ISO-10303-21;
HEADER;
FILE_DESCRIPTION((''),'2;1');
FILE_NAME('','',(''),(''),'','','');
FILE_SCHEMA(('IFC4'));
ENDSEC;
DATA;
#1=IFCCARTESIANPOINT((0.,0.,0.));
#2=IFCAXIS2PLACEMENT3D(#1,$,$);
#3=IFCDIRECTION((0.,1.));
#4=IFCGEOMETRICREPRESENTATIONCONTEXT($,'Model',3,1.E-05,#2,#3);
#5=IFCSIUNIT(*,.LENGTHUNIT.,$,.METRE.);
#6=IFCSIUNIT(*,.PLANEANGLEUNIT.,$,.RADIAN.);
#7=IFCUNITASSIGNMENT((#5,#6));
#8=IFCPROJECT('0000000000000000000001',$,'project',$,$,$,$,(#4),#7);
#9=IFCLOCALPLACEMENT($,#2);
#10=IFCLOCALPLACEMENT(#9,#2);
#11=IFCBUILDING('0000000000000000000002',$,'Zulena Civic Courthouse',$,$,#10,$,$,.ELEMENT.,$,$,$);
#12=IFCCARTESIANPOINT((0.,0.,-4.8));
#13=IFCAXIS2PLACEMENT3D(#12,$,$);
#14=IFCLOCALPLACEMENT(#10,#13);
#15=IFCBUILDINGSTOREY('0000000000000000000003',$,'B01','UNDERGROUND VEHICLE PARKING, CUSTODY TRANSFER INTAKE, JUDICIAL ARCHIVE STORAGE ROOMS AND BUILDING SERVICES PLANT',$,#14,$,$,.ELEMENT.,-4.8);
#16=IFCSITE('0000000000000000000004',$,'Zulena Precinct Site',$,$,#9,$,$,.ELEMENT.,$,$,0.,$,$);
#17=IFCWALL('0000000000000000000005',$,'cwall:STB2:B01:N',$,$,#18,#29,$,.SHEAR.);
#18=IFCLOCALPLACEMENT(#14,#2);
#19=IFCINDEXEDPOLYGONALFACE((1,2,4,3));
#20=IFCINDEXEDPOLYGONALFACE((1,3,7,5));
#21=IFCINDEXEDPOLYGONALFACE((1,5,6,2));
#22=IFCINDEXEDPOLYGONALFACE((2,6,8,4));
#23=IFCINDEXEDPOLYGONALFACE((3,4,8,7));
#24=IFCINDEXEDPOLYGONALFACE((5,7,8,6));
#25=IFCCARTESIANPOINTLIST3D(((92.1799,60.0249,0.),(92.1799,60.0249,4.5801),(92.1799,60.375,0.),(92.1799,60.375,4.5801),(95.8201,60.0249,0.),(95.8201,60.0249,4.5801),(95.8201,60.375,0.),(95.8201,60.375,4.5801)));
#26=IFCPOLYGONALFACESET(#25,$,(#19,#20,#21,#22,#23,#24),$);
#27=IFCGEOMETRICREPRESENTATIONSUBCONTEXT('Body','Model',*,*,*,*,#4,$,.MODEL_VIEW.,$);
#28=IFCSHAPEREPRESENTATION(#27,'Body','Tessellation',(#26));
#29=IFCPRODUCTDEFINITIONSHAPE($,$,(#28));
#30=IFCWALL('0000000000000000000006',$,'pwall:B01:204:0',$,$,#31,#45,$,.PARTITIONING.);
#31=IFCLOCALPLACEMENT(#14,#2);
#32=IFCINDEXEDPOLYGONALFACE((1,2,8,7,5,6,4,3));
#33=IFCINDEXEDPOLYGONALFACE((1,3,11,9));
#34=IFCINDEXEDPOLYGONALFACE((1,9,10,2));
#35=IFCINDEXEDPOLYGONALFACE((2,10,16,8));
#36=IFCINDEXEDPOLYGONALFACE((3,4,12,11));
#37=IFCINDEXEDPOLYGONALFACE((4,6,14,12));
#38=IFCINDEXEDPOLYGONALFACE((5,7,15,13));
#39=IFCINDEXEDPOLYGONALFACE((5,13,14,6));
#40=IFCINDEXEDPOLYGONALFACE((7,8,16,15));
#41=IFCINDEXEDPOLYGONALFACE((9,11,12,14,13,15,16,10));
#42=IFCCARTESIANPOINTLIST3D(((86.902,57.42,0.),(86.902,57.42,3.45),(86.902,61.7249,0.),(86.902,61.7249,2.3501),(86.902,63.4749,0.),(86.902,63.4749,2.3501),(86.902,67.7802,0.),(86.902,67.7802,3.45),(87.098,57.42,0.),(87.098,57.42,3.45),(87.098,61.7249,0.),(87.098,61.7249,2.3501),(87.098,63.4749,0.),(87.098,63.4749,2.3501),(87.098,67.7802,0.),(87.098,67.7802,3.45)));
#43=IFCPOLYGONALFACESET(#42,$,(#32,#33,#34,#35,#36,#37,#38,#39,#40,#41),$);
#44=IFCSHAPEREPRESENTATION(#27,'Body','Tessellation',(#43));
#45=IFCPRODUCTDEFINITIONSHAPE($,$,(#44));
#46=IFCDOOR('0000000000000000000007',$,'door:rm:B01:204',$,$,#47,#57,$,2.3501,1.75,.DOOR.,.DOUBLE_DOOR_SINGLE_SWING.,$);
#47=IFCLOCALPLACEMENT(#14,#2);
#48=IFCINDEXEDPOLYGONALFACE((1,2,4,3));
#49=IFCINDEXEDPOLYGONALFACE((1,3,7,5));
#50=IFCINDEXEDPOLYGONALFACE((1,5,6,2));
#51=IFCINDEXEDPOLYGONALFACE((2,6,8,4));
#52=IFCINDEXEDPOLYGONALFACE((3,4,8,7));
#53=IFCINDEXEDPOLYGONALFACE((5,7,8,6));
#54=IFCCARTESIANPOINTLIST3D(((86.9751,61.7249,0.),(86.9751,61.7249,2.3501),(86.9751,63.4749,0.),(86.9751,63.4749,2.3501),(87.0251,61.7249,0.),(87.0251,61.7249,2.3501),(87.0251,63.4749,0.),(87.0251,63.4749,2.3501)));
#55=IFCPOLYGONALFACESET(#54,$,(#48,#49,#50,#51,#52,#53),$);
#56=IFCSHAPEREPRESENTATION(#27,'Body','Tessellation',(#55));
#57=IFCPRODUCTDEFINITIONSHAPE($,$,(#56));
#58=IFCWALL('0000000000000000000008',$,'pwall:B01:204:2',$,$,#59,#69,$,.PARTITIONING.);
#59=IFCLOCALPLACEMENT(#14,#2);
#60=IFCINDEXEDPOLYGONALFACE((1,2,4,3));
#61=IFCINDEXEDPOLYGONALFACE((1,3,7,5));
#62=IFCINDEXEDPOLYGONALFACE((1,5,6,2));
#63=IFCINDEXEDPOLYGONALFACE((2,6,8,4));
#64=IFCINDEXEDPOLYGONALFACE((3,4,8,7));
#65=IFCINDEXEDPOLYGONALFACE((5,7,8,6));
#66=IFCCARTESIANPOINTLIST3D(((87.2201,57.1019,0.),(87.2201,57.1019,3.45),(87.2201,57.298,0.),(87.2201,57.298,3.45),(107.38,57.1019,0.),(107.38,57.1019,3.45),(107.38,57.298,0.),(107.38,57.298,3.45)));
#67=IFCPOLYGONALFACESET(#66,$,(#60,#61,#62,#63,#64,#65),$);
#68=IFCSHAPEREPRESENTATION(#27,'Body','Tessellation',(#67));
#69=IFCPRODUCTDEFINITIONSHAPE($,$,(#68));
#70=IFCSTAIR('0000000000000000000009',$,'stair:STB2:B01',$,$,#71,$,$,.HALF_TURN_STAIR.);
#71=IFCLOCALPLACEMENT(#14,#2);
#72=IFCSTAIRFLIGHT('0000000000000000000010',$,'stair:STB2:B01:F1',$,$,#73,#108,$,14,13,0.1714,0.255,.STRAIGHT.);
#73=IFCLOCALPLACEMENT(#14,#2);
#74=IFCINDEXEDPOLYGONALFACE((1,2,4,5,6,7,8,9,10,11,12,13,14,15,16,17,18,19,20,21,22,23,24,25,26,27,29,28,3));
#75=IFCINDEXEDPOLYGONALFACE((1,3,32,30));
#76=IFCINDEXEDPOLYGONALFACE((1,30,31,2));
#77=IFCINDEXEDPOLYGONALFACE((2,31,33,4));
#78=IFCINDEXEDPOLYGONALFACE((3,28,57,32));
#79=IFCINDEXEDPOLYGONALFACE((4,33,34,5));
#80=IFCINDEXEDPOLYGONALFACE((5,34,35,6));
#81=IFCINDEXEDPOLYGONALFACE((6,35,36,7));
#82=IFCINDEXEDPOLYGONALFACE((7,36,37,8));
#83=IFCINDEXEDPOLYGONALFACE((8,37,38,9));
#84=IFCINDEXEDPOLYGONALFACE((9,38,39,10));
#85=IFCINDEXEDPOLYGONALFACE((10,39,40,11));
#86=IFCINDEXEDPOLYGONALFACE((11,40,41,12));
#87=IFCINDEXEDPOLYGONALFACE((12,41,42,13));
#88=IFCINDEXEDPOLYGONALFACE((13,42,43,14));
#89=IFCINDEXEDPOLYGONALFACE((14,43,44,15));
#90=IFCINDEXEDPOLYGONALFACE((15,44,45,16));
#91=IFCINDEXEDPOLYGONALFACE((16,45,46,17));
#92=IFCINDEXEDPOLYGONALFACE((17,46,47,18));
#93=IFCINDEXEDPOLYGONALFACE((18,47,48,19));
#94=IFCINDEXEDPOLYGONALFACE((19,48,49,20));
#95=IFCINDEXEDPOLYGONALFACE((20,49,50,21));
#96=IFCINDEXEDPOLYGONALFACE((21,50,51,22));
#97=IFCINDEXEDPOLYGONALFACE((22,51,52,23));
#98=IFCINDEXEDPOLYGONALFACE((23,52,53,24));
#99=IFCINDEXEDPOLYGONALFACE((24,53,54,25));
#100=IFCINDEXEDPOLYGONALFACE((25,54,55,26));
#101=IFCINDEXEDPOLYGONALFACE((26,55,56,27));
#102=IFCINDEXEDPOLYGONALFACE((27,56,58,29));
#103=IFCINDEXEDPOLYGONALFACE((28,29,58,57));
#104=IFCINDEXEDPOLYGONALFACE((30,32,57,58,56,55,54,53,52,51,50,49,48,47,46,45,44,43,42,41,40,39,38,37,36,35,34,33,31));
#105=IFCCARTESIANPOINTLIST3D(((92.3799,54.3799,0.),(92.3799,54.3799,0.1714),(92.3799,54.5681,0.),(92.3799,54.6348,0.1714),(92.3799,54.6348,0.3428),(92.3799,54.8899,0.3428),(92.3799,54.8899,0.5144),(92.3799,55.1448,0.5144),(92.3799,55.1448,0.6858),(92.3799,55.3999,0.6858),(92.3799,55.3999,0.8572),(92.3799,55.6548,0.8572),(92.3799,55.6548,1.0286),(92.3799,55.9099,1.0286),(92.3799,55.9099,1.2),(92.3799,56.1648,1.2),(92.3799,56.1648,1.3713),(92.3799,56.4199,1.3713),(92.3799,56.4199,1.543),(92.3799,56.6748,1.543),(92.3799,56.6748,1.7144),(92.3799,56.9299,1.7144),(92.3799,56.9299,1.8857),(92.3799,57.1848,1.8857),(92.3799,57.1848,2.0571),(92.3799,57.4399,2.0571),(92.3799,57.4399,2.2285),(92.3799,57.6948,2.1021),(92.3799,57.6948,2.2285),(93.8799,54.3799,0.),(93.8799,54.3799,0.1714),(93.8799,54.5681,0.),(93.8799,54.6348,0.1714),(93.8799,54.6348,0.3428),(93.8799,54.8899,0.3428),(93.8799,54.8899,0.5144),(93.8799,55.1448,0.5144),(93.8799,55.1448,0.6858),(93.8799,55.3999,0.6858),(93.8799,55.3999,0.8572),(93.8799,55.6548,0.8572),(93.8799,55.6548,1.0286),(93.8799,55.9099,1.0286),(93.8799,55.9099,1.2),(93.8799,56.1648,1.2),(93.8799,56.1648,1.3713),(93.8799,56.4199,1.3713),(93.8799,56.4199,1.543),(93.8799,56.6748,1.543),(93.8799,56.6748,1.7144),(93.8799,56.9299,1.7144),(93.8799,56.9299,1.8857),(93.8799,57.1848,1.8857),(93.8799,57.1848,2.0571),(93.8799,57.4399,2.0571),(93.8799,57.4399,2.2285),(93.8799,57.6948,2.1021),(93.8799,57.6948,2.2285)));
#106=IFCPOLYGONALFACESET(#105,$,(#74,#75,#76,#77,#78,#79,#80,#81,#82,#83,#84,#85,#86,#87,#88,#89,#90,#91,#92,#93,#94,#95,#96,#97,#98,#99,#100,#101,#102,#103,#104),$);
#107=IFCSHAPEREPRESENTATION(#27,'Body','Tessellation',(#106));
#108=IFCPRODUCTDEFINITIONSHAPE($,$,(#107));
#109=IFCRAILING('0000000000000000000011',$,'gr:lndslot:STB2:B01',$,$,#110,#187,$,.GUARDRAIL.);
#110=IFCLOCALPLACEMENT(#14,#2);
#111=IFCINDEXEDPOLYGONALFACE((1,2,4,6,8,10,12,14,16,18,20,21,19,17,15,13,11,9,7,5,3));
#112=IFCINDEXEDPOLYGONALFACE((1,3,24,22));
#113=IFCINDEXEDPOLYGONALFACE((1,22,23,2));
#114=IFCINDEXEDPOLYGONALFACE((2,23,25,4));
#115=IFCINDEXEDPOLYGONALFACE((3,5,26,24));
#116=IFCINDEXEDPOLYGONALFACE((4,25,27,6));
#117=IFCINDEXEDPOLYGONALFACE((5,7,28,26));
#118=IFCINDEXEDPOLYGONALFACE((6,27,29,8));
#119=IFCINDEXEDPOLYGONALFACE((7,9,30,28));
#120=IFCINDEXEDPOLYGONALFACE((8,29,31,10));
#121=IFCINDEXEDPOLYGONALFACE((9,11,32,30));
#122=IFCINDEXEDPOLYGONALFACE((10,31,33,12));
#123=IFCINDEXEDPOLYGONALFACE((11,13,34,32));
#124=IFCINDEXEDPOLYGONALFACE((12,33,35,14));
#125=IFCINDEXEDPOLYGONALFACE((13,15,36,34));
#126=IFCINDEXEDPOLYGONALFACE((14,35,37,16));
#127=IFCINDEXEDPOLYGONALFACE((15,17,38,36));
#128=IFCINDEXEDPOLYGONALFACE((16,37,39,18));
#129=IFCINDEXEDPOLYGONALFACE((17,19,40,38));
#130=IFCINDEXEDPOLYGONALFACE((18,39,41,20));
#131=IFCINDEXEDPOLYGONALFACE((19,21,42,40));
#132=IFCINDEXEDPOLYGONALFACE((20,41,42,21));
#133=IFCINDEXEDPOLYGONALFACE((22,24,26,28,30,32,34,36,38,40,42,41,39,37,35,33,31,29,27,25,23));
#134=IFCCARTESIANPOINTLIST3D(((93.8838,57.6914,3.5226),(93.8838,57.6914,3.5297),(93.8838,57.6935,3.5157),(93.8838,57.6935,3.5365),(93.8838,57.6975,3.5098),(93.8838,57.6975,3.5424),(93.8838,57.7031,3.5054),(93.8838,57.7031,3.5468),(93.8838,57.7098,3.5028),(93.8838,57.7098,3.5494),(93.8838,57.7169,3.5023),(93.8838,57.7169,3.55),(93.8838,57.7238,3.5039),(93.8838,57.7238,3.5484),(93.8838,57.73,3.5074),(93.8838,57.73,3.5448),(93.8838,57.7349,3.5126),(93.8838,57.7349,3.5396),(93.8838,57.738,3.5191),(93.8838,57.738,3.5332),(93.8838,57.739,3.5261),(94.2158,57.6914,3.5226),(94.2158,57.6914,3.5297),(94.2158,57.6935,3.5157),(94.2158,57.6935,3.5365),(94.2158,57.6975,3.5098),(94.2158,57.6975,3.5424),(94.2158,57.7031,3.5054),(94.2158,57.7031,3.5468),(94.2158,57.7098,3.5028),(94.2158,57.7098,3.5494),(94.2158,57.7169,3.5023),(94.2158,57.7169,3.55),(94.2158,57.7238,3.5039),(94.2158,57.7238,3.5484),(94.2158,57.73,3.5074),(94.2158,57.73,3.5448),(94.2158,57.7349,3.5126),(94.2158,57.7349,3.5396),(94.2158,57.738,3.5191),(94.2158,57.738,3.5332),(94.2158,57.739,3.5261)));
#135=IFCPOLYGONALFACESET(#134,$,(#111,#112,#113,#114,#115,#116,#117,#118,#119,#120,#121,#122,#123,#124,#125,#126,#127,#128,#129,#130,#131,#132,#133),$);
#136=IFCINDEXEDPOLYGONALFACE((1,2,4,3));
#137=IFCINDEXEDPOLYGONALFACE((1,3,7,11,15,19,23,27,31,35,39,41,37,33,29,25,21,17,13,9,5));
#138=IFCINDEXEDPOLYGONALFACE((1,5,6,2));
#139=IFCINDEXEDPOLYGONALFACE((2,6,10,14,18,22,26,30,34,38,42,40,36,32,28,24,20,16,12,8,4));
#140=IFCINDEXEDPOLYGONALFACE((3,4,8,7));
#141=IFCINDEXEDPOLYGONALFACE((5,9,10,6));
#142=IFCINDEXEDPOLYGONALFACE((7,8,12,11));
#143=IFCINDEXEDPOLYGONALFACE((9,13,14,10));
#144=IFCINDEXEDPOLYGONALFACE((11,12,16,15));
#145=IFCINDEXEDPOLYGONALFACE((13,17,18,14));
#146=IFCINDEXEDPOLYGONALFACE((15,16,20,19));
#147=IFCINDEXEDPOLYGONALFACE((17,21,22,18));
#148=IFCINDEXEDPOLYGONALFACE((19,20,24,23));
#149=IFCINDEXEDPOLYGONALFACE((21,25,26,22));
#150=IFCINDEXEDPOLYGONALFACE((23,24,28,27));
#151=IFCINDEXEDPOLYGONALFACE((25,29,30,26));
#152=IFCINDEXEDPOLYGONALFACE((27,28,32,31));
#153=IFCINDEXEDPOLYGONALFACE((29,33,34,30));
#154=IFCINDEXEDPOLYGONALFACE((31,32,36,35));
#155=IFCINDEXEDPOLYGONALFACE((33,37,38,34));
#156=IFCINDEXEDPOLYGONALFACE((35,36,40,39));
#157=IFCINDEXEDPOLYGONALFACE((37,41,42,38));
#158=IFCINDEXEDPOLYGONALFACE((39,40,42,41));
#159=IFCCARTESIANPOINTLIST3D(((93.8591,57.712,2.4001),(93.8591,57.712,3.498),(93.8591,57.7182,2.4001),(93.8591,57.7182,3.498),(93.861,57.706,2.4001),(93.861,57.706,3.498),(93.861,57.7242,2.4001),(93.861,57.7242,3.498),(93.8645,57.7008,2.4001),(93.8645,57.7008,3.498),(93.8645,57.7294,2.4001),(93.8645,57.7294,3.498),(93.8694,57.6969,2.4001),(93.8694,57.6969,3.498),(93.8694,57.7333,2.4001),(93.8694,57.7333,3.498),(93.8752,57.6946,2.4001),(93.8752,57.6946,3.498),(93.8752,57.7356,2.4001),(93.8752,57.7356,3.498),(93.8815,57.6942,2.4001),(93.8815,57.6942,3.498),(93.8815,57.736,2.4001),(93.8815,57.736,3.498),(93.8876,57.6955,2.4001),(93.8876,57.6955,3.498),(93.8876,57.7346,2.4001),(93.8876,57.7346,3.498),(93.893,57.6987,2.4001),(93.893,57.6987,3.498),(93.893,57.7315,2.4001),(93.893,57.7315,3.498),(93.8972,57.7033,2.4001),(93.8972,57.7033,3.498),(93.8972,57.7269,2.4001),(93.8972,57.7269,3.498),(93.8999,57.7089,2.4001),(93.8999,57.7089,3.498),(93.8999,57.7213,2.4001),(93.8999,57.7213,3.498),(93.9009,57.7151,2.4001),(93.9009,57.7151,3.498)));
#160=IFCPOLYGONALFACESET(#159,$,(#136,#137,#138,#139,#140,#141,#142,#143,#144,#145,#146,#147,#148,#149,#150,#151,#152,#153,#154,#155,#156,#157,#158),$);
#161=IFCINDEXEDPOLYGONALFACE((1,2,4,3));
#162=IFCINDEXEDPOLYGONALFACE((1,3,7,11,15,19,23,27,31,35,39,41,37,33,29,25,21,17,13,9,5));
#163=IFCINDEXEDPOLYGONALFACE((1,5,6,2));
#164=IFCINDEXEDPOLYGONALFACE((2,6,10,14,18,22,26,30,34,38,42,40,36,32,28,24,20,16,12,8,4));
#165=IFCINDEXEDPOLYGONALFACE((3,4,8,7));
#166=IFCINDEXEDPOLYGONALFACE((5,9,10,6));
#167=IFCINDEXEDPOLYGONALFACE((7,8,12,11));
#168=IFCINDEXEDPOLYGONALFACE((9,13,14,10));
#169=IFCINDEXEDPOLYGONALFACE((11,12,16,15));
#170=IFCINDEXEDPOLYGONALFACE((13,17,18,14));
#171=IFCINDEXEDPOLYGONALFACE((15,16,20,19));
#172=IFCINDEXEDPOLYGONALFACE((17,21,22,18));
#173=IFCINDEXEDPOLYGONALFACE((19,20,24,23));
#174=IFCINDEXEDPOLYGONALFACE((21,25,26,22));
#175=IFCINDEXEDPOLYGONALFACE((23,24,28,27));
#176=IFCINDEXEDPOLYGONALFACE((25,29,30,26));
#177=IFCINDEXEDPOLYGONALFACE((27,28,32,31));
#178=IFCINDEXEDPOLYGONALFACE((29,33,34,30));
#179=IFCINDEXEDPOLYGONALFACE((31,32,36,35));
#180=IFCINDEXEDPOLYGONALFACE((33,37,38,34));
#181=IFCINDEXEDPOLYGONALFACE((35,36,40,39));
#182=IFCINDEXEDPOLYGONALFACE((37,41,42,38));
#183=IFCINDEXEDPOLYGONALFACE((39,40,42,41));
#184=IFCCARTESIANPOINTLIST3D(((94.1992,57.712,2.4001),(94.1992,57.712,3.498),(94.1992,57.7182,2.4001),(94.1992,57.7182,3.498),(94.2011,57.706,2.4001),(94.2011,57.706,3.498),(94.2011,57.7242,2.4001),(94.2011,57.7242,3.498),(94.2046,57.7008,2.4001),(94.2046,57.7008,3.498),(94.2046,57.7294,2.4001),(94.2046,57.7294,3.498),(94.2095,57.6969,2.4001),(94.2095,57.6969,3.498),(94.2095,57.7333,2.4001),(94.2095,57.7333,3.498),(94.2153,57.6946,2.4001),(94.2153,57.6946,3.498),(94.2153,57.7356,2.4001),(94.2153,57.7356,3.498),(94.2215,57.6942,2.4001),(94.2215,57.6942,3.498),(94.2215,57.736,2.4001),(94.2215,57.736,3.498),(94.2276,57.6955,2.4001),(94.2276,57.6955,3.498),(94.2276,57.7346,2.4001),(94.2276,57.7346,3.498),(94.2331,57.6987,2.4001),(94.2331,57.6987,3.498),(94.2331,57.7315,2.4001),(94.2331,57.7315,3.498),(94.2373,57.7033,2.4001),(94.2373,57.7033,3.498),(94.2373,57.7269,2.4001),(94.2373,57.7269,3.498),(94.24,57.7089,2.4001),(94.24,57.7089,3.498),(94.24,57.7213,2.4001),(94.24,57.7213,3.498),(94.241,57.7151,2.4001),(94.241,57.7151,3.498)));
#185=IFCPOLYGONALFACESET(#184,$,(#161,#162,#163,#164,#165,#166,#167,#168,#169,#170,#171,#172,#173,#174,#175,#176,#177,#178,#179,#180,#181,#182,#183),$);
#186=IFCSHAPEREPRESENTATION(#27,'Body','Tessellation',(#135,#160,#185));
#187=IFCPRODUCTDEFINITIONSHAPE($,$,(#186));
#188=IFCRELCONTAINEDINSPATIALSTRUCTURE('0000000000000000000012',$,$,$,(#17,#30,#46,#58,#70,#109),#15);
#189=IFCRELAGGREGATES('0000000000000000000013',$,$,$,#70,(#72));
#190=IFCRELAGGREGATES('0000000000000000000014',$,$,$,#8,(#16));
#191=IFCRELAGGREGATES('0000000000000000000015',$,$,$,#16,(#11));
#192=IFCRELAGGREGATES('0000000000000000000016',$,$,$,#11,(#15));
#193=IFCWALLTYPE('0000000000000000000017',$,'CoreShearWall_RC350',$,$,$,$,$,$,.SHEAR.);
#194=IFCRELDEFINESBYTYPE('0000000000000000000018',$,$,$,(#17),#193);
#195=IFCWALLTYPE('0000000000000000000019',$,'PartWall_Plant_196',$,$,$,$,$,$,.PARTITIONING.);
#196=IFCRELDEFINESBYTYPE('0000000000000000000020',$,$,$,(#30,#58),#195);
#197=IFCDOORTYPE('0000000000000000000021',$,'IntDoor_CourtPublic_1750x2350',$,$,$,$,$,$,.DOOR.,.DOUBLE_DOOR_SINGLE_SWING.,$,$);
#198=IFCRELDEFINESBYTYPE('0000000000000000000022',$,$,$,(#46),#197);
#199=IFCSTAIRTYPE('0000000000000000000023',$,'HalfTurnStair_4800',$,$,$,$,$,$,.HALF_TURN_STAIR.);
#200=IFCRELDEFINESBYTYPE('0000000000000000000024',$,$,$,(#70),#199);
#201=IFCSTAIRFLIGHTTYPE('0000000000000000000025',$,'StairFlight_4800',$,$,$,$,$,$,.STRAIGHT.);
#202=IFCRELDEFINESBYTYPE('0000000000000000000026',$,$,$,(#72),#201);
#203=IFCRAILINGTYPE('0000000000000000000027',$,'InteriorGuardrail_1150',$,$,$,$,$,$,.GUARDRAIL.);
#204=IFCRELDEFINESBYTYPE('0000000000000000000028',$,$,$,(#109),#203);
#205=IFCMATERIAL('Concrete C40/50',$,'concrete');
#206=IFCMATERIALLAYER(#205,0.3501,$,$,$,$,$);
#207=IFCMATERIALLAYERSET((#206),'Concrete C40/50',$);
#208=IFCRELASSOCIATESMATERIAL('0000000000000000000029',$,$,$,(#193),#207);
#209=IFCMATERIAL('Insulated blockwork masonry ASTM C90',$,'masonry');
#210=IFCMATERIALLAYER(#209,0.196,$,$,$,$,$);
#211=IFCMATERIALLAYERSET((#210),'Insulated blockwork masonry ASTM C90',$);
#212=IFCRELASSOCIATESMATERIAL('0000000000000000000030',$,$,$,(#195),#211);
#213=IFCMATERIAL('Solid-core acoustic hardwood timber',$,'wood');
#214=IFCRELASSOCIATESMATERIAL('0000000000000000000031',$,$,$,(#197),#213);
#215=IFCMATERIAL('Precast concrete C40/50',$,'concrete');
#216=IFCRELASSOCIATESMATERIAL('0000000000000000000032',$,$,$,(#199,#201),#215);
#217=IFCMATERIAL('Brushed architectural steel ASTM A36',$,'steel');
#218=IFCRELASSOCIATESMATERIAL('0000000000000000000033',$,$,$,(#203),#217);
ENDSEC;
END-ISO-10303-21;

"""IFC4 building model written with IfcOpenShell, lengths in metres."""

from ifc_helpers import new_model, si_unit, direction, frame, frame_2d, origin, origin_2d, place, context, subcontext, project, spatial, polyline, rectangle, circle, outline, extrude, material, layer, layer_set, type_object, element, fill, aggregate, save


model = new_model("IFC4")

# Units and contexts
model_context = context("Model", 3, precision=1e-05, world=origin(), true_north=direction((0.0, 1.0)))
body_context = subcontext(model_context, "Body", "Model", "MODEL_VIEW")
ifc_project = project(units=[si_unit("LENGTHUNIT", "METRE"), si_unit("PLANEANGLEUNIT", "RADIAN")], contexts=[model_context])

# Site, building, storey
site_placement = place(None, origin())
site = spatial("IfcSite", under=ifc_project, at=site_placement, Name="Zulena Precinct Site", CompositionType="ELEMENT", RefElevation=0.0)
building_placement = place(site_placement, origin())
building = spatial("IfcBuilding", under=site, at=building_placement, Name="Zulena Civic Courthouse", CompositionType="ELEMENT")
storey_placement = place(building_placement, frame((0.0, 0.0, -4.8)))
storey = spatial("IfcBuildingStorey", under=building, at=storey_placement, Name="B01", Description="UNDERGROUND VEHICLE PARKING, CUSTODY TRANSFER INTAKE, JUDICIAL ARCHIVE STORAGE ROOMS AND BUILDING SERVICES PLANT", CompositionType="ELEMENT", Elevation=-4.8)

# Shared definitions
ifc_material_1 = material(Name="Concrete C40/50", Category="concrete")

# Wall
ifc_layer_1 = layer(ifc_material_1, 0.3501)
ifc_layer_set_1 = layer_set([ifc_layer_1], Name="Concrete C40/50")
wall_type_1 = type_object("IfcWallType", Name="CoreShearWall_RC350", PredefinedType="SHEAR", material=ifc_layer_set_1)
wall_1_placement = place(storey_placement, frame((92.1799, 60.2, 0.0), z_axis=(0.0, 0.0, 1.0), x_axis=(1.0, 0.0, 0.0)))
element("IfcWall", 1, at=wall_1_placement, inside=storey, type_object=wall_type_1, Name="cwall:STB2:B01:N", PredefinedType="SHEAR", context=body_context, shape_type="SweptSolid", body=[
    extrude(rectangle(XDim=3.6401, YDim=0.3501, at=frame_2d((1.8201, 0.0))), origin(), (0.0, 0.0, 1.0), 4.5801),
])

# Wall, opening, door
ifc_material_2 = material(Name="Insulated blockwork masonry ASTM C90", Category="masonry")
ifc_layer_2 = layer(ifc_material_2, 0.196)
ifc_layer_set_2 = layer_set([ifc_layer_2], Name="Insulated blockwork masonry ASTM C90")
wall_type_2 = type_object("IfcWallType", Name="PartWall_Plant_196", PredefinedType="PARTITIONING", material=ifc_layer_set_2)
wall_2_placement = place(storey_placement, frame((87.0, 57.4199, 0.0), z_axis=(0.0, 0.0, 1.0), x_axis=(0.0, 1.0, 0.0)))
wall_2 = element("IfcWall", 2, at=wall_2_placement, inside=storey, type_object=wall_type_2, Name="pwall:B01:204:0", PredefinedType="PARTITIONING", context=body_context, shape_type="SweptSolid", body=[
    extrude(rectangle(XDim=10.3601, YDim=0.196, at=frame_2d((5.1802, 0.0))), origin(), (0.0, 0.0, 1.0), 3.45),
])
opening_placement = place(wall_2_placement, frame((4.3049, 0.0, 0.0)))
opening = element("IfcOpeningElement", 3, at=opening_placement, cuts=wall_2, PredefinedType="OPENING", context=body_context, shape_type="SweptSolid", body=[
    extrude(rectangle(XDim=1.75, YDim=2.3501, at=frame_2d((0.875, 1.175))), frame((0.0, 0.1079, 0.0), z_axis=(0.0, -1.0, 0.0), x_axis=(1.0, 0.0, 0.0)), (0.0, 0.0, 1.0), 0.2161),
])
ifc_material_3 = material(Name="Solid-core acoustic hardwood timber", Category="wood")
door_type = type_object("IfcDoorType", Name="IntDoor_CourtPublic_1750x2350", OperationType="DOUBLE_DOOR_SINGLE_SWING", PredefinedType="DOOR", material=ifc_material_3)
door_placement = place(opening_placement, origin())
door = element("IfcDoor", 4, at=door_placement, inside=storey, type_object=door_type, Name="door:rm:B01:204", OperationType="DOUBLE_DOOR_SINGLE_SWING", OverallHeight=2.3501, OverallWidth=1.75, PredefinedType="DOOR", context=body_context, shape_type="SweptSolid", body=[
    extrude(rectangle(XDim=1.75, YDim=2.3501, at=frame_2d((0.875, 1.175))), frame((0.0, 0.0249, 0.0), z_axis=(0.0, -1.0, 0.0), x_axis=(1.0, 0.0, 0.0)), (0.0, 0.0, 1.0), 0.05),
])
fill(opening, door)

# Wall
wall_3_placement = place(storey_placement, frame((87.22, 57.2, 0.0), z_axis=(0.0, 0.0, 1.0), x_axis=(1.0, 0.0, 0.0)))
element("IfcWall", 5, at=wall_3_placement, inside=storey, type_object=wall_type_2, Name="pwall:B01:204:2", PredefinedType="PARTITIONING", context=body_context, shape_type="SweptSolid", body=[
    extrude(rectangle(XDim=20.1599, YDim=0.196, at=frame_2d((10.0801, 0.0))), origin(), (0.0, 0.0, 1.0), 3.45),
])

# Stair, stair flight
ifc_material_4 = material(Name="Precast concrete C40/50", Category="concrete")
stair_type = type_object("IfcStairType", Name="HalfTurnStair_4800", PredefinedType="HALF_TURN_STAIR", material=ifc_material_4)
stair_placement = place(storey_placement, origin())
stair = element("IfcStair", 6, at=stair_placement, inside=storey, type_object=stair_type, Name="stair:STB2:B01", PredefinedType="HALF_TURN_STAIR")
stair_flight_type = type_object("IfcStairFlightType", Name="StairFlight_4800", PredefinedType="STRAIGHT", material=ifc_material_4)
stair_flight_placement = place(storey_placement, frame((93.1299, 54.3799, 0.0), z_axis=(0.0, 0.0, 1.0), x_axis=(0.0, 1.0, 0.0)))
stair_flight = element("IfcStairFlight", 7, at=stair_flight_placement, type_object=stair_flight_type, Name="stair:STB2:B01:F1", NumberOfRisers=14, NumberOfTreads=13, PredefinedType="STRAIGHT", RiserHeight=0.1714, TreadLength=0.255, context=body_context, shape_type="SweptSolid", body=[
    extrude(outline(polyline([(0.0, 0.0), (0.0, 0.1714), (0.2549, 0.1714), (0.2549, 0.3428), (0.51, 0.3428), (0.51, 0.5144), (0.7649, 0.5144), (0.7649, 0.6858), (1.02, 0.6858), (1.02, 0.8572), (1.2749, 0.8572), (1.2749, 1.0286), (1.53, 1.0286), (1.53, 1.2), (1.7849, 1.2), (1.7849, 1.3713), (2.04, 1.3713), (2.04, 1.543), (2.2949, 1.543), (2.2949, 1.7144), (2.55, 1.7144), (2.55, 1.8857), (2.8049, 1.8857), (2.8049, 2.0571), (3.0601, 2.0571), (3.0601, 2.2285), (3.3149, 2.2285), (3.3149, 2.3999), (3.3149, 2.1021), (0.1882, 0.0), (0.0, 0.0)])), frame((0.0, 0.75, 0.0), z_axis=(0.0, -1.0, 0.0), x_axis=(1.0, 0.0, 0.0)), (0.0, 0.0, 1.0), 1.5),
])
aggregate(stair, [stair_flight])

# Railing
ifc_material_5 = material(Name="Brushed architectural steel ASTM A36", Category="steel")
railing_type_1 = type_object("IfcRailingType", Name="InteriorGuardrail_1150", PredefinedType="GUARDRAIL", material=ifc_material_5)
railing_1_placement = place(storey_placement, frame((93.8799, 57.7151, 2.4001)))
element("IfcRailing", 8, at=railing_1_placement, inside=storey, type_object=railing_type_1, Name="gr:lndslot:STB2:B01", PredefinedType="GUARDRAIL", context=body_context, shape_type="SweptSolid", body=[
    extrude(circle(Radius=0.0239, at=origin_2d()), frame((0.0039, 0.0, 1.126), z_axis=(1.0, 0.0, 0.0), x_axis=(0.0, 1.0, 0.0)), (0.0, 0.0, 1.0), 0.332),
    extrude(circle(Radius=0.021, at=origin_2d()), origin(), (0.0, 0.0, 1.0), 1.0979),
    extrude(circle(Radius=0.021, at=origin_2d()), frame((0.3401, 0.0, 0.0)), (0.0, 0.0, 1.0), 1.0979),
])

save(model, "model.ifc")
